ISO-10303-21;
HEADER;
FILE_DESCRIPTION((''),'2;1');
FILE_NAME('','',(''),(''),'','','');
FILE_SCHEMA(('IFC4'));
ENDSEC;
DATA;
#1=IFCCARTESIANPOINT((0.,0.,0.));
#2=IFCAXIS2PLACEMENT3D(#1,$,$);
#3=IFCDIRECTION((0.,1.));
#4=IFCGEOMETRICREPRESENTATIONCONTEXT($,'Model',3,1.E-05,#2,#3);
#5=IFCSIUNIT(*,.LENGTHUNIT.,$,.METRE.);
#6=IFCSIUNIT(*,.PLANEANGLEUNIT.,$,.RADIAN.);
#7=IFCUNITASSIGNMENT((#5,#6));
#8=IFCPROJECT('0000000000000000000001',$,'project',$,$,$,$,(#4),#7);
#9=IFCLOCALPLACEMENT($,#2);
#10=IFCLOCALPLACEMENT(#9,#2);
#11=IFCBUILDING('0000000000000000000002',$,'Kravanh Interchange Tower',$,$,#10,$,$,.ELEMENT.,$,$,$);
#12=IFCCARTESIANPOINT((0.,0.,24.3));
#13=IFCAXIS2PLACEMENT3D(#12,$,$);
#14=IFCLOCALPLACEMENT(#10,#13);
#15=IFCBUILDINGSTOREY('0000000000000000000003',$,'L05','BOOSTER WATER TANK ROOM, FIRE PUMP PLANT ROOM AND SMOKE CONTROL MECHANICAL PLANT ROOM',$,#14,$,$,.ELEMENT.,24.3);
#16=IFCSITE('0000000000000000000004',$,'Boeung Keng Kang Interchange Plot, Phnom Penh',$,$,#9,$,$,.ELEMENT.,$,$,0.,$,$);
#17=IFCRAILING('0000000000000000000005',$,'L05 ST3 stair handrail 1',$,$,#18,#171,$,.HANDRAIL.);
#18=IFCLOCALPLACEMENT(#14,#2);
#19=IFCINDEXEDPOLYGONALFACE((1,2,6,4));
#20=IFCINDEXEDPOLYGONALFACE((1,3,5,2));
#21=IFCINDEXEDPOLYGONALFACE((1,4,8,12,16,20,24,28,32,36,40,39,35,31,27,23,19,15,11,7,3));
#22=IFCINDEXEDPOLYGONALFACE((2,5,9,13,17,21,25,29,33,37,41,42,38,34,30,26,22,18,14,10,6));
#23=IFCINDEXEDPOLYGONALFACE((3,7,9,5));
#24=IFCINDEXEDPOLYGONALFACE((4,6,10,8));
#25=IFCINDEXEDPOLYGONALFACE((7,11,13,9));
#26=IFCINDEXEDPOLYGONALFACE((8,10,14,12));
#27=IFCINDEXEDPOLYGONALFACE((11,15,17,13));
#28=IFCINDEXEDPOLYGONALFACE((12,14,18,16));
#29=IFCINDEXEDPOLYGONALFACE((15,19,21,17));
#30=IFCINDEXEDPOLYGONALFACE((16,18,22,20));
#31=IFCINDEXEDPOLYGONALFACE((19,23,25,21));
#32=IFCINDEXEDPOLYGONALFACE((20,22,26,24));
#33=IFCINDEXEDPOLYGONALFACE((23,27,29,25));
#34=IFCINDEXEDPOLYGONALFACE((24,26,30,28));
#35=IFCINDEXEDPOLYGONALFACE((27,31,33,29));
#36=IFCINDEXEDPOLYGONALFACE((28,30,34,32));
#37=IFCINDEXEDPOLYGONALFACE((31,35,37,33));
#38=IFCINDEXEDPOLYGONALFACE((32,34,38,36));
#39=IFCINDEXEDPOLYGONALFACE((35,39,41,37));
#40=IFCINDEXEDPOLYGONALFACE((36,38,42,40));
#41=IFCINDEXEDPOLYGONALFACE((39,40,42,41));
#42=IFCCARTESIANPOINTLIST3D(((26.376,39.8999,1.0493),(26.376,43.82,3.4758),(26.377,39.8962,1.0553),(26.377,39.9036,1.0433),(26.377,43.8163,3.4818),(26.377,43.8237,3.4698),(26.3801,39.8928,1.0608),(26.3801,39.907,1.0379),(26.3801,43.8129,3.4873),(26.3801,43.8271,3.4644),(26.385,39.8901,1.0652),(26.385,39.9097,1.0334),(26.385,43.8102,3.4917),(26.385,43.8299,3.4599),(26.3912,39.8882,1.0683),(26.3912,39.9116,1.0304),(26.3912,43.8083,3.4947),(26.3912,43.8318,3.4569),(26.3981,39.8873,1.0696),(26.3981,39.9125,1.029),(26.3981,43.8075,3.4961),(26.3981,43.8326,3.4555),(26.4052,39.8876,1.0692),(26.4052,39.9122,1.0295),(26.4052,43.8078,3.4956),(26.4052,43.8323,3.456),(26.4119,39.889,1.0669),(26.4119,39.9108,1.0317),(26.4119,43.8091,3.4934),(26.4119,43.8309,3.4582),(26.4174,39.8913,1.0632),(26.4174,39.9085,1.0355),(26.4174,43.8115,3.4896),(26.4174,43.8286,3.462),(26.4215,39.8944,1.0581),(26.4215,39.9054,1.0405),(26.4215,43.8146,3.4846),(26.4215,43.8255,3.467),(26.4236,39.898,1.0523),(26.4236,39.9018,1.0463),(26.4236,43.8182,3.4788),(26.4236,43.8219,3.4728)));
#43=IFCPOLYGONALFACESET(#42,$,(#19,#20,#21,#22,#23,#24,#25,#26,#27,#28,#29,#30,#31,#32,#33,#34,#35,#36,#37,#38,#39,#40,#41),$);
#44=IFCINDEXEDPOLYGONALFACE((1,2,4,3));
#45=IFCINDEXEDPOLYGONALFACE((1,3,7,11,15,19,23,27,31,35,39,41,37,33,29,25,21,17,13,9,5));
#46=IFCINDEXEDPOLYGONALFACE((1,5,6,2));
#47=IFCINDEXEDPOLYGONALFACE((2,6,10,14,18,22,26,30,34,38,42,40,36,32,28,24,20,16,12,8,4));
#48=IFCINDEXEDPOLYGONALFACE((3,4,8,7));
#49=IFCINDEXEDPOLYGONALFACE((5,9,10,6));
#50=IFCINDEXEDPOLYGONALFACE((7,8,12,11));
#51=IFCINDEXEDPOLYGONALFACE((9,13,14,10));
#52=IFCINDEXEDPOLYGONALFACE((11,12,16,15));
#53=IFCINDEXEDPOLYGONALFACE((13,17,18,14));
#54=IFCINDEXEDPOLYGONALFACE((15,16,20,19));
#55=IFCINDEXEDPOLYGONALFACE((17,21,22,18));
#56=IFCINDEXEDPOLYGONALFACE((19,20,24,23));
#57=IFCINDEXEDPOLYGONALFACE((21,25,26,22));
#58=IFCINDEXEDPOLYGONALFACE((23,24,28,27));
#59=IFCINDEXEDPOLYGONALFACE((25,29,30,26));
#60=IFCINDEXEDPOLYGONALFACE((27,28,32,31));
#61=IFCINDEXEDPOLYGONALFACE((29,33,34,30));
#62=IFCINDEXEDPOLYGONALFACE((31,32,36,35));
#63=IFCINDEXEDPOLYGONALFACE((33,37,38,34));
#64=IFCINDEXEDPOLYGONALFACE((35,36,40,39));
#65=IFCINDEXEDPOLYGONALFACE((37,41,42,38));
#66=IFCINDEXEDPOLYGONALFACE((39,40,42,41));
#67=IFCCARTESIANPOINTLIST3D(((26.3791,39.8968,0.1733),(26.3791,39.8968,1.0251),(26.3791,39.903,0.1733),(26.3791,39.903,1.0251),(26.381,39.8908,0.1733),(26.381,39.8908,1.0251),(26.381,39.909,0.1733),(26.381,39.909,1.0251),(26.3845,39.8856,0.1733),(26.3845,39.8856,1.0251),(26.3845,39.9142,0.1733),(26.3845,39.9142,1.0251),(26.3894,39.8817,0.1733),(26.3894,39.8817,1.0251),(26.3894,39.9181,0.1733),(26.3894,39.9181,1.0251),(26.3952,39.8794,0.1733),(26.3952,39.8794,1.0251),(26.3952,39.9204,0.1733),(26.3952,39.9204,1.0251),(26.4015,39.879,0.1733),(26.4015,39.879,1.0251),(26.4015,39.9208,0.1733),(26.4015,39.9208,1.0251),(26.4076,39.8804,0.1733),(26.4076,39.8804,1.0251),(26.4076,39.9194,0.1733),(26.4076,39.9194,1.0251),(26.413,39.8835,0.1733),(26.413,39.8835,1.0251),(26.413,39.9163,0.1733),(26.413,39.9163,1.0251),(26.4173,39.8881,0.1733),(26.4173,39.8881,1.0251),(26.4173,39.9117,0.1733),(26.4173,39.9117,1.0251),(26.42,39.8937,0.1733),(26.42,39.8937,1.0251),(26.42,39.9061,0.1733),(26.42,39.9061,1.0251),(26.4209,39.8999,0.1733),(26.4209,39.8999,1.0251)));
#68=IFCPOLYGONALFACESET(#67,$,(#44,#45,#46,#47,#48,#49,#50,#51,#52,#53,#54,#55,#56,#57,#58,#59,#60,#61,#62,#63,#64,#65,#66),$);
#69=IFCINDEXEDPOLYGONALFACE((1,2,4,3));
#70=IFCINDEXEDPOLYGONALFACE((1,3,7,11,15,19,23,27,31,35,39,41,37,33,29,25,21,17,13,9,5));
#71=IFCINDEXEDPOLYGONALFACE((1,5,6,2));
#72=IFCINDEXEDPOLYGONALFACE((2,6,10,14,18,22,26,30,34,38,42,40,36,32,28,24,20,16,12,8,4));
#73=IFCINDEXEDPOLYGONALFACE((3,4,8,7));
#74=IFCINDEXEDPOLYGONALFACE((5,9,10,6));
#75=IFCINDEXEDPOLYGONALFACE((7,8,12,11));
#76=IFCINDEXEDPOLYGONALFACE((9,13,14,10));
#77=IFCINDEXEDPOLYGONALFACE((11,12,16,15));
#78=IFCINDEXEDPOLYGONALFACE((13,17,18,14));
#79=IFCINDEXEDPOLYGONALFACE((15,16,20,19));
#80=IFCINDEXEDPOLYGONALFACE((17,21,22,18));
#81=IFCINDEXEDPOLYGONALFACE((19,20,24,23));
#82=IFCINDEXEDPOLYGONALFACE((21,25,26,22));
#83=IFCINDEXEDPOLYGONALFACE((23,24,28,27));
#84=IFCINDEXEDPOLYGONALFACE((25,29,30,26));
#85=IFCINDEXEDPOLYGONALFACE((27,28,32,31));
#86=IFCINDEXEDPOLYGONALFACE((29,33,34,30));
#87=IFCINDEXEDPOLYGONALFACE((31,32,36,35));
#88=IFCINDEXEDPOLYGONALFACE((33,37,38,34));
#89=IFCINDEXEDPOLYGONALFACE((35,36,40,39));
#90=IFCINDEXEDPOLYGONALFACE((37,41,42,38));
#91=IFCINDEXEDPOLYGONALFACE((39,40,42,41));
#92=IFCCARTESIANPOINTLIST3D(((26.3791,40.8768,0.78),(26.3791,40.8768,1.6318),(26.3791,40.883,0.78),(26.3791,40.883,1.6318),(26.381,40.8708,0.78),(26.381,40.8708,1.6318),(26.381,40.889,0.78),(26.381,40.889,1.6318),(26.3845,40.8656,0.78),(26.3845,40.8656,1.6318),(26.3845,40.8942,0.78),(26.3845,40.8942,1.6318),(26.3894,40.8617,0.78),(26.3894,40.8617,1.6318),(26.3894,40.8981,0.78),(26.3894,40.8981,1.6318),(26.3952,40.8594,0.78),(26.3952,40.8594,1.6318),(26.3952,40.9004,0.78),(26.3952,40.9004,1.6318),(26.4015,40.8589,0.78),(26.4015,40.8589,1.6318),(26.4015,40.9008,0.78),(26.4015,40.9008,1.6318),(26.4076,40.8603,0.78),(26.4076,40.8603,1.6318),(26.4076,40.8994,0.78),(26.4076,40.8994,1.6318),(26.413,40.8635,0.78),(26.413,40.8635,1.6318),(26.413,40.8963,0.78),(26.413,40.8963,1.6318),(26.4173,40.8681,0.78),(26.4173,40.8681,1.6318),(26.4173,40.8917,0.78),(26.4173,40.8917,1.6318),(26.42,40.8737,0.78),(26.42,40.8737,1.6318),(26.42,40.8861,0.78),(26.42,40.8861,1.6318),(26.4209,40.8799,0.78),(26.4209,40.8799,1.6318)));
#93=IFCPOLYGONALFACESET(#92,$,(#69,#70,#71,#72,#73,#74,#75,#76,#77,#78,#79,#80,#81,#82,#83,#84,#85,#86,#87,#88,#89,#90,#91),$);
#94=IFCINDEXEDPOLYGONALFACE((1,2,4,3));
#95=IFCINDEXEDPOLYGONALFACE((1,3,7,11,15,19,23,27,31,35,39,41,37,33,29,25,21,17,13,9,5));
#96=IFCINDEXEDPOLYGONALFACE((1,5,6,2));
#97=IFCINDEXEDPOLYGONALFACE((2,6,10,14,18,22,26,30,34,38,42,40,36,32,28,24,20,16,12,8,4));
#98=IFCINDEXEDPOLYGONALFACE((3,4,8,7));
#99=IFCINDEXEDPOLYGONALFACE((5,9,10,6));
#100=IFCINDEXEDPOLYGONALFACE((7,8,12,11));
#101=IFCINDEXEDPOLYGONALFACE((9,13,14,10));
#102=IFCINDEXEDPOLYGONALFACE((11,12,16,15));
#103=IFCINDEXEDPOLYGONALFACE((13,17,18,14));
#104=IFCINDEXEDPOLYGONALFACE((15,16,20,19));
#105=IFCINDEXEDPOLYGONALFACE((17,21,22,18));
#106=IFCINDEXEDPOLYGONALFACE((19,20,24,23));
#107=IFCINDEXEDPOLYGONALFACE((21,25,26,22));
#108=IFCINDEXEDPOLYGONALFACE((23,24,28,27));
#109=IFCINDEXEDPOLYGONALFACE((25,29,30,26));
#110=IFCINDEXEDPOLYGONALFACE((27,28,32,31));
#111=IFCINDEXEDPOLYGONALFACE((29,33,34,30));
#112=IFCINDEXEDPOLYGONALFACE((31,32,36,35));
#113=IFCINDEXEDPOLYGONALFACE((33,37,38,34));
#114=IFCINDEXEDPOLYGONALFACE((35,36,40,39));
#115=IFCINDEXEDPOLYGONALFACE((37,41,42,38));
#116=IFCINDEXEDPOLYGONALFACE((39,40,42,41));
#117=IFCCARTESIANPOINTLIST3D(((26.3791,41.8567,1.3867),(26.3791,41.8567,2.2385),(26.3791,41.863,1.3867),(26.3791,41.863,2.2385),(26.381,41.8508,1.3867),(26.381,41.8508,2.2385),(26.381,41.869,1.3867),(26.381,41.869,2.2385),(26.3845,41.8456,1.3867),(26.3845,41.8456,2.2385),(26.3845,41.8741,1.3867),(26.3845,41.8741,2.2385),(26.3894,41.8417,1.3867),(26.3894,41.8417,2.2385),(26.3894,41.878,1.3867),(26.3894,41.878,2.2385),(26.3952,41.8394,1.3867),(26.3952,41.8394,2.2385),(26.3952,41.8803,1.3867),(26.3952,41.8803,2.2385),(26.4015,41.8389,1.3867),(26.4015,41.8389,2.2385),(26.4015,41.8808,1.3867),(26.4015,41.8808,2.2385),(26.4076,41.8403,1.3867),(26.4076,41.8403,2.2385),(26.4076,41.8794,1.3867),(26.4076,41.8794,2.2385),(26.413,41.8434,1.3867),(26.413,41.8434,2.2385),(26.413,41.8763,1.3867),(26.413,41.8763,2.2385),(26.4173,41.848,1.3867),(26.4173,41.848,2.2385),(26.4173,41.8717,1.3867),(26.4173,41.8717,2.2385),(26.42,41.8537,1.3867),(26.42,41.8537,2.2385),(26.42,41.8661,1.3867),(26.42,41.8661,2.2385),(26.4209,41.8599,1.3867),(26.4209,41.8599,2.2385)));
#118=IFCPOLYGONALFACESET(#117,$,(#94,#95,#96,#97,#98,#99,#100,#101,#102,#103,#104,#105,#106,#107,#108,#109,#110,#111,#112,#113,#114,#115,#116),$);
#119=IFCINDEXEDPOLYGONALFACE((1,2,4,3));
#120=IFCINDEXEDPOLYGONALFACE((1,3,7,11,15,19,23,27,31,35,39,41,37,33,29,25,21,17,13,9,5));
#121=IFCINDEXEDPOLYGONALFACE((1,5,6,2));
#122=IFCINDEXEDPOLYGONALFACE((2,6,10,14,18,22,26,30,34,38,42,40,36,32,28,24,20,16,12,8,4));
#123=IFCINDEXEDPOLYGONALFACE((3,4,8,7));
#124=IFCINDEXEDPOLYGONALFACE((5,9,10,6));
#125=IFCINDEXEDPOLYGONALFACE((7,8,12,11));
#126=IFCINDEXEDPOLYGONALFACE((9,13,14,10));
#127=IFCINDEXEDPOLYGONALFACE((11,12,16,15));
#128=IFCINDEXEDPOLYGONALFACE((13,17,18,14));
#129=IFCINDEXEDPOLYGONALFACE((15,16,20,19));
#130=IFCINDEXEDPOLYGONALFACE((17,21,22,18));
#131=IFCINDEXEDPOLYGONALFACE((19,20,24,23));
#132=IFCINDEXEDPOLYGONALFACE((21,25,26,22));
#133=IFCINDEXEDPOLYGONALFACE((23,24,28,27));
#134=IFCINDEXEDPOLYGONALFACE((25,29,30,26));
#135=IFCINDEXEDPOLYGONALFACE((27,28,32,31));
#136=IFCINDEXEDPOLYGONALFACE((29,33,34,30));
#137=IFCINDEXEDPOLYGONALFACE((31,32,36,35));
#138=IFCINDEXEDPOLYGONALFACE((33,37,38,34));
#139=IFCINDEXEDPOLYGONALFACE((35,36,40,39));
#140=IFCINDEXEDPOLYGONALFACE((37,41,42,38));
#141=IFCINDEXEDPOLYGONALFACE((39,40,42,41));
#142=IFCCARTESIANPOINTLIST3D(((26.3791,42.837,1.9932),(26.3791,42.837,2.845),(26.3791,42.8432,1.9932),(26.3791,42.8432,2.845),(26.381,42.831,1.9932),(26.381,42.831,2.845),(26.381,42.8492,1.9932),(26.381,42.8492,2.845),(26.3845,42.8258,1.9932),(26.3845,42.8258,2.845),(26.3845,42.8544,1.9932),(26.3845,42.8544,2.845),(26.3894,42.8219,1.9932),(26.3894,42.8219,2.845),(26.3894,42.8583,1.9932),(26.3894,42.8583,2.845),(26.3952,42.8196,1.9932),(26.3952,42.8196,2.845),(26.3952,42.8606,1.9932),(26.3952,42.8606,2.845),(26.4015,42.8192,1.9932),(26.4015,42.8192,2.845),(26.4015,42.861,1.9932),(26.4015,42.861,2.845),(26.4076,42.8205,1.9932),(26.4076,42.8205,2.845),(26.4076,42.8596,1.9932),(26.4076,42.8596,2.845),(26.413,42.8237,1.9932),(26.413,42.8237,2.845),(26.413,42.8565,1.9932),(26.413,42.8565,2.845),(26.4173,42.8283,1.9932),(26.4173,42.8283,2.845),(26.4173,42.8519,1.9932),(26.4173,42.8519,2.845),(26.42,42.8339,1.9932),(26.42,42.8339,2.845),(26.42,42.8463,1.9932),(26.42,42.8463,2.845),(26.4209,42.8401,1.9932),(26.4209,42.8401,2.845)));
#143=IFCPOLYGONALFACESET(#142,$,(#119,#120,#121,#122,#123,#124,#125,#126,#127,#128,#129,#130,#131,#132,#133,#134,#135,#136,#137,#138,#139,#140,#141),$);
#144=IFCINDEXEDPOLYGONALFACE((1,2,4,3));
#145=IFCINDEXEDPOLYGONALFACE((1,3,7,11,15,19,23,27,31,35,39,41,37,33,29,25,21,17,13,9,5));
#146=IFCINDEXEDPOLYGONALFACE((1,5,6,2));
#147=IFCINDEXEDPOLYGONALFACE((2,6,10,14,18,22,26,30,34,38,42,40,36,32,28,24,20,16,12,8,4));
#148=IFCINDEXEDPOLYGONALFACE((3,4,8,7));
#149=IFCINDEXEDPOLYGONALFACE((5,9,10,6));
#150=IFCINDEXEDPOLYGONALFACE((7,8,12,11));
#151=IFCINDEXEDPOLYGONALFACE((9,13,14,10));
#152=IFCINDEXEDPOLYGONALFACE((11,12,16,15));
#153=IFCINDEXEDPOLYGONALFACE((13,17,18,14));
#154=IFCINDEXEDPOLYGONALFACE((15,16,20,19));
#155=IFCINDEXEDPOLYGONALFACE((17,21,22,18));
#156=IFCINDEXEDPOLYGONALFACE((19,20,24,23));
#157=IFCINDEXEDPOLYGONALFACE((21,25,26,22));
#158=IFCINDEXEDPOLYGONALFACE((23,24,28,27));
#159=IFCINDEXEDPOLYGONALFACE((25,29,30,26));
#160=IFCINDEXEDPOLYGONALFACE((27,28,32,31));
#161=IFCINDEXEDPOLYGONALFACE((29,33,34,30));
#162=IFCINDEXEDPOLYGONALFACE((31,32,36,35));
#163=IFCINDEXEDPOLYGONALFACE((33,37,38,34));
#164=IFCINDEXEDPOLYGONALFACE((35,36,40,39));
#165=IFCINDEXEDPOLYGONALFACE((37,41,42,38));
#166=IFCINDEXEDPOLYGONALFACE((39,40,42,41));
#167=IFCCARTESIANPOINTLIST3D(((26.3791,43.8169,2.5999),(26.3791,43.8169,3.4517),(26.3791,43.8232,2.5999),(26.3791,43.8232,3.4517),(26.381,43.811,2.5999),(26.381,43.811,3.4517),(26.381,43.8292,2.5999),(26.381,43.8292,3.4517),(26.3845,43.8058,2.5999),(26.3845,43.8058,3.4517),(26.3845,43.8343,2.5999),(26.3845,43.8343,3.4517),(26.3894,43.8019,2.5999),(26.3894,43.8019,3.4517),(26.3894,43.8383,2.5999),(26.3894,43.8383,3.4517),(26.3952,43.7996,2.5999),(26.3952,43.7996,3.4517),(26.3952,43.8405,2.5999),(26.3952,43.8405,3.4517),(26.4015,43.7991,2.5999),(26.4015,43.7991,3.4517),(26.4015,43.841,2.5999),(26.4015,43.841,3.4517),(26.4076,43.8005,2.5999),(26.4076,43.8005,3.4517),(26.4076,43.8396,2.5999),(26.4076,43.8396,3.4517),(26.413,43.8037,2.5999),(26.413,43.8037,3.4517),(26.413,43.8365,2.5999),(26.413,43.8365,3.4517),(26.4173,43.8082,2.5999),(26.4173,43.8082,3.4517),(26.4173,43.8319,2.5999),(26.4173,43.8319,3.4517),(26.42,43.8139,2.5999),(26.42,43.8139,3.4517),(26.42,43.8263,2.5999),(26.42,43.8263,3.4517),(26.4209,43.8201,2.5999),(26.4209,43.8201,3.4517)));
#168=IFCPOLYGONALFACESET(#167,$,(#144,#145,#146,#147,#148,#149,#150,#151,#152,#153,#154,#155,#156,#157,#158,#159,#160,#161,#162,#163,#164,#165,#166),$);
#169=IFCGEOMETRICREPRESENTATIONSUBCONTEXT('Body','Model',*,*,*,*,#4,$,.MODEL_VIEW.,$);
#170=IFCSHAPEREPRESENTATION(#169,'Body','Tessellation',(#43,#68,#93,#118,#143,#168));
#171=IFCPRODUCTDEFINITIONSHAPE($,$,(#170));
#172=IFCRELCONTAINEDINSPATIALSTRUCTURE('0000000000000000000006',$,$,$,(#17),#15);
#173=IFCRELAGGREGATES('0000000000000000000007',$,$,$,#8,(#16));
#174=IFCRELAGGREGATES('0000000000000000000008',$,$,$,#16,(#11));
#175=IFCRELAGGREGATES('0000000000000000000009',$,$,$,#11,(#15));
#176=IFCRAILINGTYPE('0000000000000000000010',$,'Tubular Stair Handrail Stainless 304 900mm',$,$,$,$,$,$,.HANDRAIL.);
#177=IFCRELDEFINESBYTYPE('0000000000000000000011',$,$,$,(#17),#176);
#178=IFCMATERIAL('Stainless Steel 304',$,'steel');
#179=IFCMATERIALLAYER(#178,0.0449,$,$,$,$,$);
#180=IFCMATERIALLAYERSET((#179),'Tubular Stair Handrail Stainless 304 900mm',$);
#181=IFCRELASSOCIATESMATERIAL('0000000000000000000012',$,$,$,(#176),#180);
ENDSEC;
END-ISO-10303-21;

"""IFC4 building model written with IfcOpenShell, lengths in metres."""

from ifc_helpers import new_model, si_unit, direction, frame, origin, origin_2d, place, context, subcontext, project, spatial, circle, extrude, material, layer, layer_set, type_object, element, save


model = new_model("IFC4")

# Units and contexts
model_context = context("Model", 3, precision=1e-05, world=origin(), true_north=direction((0.0, 1.0)))
body_context = subcontext(model_context, "Body", "Model", "MODEL_VIEW")
ifc_project = project(units=[si_unit("LENGTHUNIT", "METRE"), si_unit("PLANEANGLEUNIT", "RADIAN")], contexts=[model_context])

# Site, building, storey
site_placement = place(None, origin())
site = spatial("IfcSite", under=ifc_project, at=site_placement, Name="Boeung Keng Kang Interchange Plot, Phnom Penh", CompositionType="ELEMENT", RefElevation=0.0)
building_placement = place(site_placement, origin())
building = spatial("IfcBuilding", under=site, at=building_placement, Name="Kravanh Interchange Tower", CompositionType="ELEMENT")
storey_placement = place(building_placement, frame((0.0, 0.0, 24.3)))
storey = spatial("IfcBuildingStorey", under=building, at=storey_placement, Name="L05", Description="BOOSTER WATER TANK ROOM, FIRE PUMP PLANT ROOM AND SMOKE CONTROL MECHANICAL PLANT ROOM", CompositionType="ELEMENT", Elevation=24.3)

# Railing
ifc_material_1 = material(Name="Stainless Steel 304", Category="steel")
ifc_layer_1 = layer(ifc_material_1, 0.0449)
ifc_layer_set_1 = layer_set([ifc_layer_1], Name="Tubular Stair Handrail Stainless 304 900mm")
railing_type_1 = type_object("IfcRailingType", Name="Tubular Stair Handrail Stainless 304 900mm", PredefinedType="HANDRAIL", material=ifc_layer_set_1)
railing_1_placement = place(storey_placement, frame((26.3999, 39.8999, 0.1733)))
element("IfcRailing", 1, at=railing_1_placement, inside=storey, type_object=railing_type_1, Name="L05 ST3 stair handrail 1", PredefinedType="HANDRAIL", context=body_context, shape_type="SweptSolid", body=[
    extrude(circle(Radius=0.0239, at=origin_2d()), frame((0.0, 0.0, 0.876), z_axis=(0.0, 0.85029, 0.526315), x_axis=(-1.0, 0.0, 0.0)), (0.0, 0.0, 1.0), 4.6104),
    extrude(circle(Radius=0.021, at=origin_2d()), origin(), (0.0, 0.0, 1.0), 0.8518),
    extrude(circle(Radius=0.021, at=origin_2d()), frame((0.0, 0.98, 0.6067)), (0.0, 0.0, 1.0), 0.8518),
    extrude(circle(Radius=0.021, at=origin_2d()), frame((0.0, 1.96, 1.2134)), (0.0, 0.0, 1.0), 0.8518),
    extrude(circle(Radius=0.021, at=origin_2d()), frame((0.0, 2.9402, 1.8198)), (0.0, 0.0, 1.0), 0.8518),
    extrude(circle(Radius=0.021, at=origin_2d()), frame((0.0, 3.9202, 2.4265)), (0.0, 0.0, 1.0), 0.8518),
])

save(model, "model.ifc")
